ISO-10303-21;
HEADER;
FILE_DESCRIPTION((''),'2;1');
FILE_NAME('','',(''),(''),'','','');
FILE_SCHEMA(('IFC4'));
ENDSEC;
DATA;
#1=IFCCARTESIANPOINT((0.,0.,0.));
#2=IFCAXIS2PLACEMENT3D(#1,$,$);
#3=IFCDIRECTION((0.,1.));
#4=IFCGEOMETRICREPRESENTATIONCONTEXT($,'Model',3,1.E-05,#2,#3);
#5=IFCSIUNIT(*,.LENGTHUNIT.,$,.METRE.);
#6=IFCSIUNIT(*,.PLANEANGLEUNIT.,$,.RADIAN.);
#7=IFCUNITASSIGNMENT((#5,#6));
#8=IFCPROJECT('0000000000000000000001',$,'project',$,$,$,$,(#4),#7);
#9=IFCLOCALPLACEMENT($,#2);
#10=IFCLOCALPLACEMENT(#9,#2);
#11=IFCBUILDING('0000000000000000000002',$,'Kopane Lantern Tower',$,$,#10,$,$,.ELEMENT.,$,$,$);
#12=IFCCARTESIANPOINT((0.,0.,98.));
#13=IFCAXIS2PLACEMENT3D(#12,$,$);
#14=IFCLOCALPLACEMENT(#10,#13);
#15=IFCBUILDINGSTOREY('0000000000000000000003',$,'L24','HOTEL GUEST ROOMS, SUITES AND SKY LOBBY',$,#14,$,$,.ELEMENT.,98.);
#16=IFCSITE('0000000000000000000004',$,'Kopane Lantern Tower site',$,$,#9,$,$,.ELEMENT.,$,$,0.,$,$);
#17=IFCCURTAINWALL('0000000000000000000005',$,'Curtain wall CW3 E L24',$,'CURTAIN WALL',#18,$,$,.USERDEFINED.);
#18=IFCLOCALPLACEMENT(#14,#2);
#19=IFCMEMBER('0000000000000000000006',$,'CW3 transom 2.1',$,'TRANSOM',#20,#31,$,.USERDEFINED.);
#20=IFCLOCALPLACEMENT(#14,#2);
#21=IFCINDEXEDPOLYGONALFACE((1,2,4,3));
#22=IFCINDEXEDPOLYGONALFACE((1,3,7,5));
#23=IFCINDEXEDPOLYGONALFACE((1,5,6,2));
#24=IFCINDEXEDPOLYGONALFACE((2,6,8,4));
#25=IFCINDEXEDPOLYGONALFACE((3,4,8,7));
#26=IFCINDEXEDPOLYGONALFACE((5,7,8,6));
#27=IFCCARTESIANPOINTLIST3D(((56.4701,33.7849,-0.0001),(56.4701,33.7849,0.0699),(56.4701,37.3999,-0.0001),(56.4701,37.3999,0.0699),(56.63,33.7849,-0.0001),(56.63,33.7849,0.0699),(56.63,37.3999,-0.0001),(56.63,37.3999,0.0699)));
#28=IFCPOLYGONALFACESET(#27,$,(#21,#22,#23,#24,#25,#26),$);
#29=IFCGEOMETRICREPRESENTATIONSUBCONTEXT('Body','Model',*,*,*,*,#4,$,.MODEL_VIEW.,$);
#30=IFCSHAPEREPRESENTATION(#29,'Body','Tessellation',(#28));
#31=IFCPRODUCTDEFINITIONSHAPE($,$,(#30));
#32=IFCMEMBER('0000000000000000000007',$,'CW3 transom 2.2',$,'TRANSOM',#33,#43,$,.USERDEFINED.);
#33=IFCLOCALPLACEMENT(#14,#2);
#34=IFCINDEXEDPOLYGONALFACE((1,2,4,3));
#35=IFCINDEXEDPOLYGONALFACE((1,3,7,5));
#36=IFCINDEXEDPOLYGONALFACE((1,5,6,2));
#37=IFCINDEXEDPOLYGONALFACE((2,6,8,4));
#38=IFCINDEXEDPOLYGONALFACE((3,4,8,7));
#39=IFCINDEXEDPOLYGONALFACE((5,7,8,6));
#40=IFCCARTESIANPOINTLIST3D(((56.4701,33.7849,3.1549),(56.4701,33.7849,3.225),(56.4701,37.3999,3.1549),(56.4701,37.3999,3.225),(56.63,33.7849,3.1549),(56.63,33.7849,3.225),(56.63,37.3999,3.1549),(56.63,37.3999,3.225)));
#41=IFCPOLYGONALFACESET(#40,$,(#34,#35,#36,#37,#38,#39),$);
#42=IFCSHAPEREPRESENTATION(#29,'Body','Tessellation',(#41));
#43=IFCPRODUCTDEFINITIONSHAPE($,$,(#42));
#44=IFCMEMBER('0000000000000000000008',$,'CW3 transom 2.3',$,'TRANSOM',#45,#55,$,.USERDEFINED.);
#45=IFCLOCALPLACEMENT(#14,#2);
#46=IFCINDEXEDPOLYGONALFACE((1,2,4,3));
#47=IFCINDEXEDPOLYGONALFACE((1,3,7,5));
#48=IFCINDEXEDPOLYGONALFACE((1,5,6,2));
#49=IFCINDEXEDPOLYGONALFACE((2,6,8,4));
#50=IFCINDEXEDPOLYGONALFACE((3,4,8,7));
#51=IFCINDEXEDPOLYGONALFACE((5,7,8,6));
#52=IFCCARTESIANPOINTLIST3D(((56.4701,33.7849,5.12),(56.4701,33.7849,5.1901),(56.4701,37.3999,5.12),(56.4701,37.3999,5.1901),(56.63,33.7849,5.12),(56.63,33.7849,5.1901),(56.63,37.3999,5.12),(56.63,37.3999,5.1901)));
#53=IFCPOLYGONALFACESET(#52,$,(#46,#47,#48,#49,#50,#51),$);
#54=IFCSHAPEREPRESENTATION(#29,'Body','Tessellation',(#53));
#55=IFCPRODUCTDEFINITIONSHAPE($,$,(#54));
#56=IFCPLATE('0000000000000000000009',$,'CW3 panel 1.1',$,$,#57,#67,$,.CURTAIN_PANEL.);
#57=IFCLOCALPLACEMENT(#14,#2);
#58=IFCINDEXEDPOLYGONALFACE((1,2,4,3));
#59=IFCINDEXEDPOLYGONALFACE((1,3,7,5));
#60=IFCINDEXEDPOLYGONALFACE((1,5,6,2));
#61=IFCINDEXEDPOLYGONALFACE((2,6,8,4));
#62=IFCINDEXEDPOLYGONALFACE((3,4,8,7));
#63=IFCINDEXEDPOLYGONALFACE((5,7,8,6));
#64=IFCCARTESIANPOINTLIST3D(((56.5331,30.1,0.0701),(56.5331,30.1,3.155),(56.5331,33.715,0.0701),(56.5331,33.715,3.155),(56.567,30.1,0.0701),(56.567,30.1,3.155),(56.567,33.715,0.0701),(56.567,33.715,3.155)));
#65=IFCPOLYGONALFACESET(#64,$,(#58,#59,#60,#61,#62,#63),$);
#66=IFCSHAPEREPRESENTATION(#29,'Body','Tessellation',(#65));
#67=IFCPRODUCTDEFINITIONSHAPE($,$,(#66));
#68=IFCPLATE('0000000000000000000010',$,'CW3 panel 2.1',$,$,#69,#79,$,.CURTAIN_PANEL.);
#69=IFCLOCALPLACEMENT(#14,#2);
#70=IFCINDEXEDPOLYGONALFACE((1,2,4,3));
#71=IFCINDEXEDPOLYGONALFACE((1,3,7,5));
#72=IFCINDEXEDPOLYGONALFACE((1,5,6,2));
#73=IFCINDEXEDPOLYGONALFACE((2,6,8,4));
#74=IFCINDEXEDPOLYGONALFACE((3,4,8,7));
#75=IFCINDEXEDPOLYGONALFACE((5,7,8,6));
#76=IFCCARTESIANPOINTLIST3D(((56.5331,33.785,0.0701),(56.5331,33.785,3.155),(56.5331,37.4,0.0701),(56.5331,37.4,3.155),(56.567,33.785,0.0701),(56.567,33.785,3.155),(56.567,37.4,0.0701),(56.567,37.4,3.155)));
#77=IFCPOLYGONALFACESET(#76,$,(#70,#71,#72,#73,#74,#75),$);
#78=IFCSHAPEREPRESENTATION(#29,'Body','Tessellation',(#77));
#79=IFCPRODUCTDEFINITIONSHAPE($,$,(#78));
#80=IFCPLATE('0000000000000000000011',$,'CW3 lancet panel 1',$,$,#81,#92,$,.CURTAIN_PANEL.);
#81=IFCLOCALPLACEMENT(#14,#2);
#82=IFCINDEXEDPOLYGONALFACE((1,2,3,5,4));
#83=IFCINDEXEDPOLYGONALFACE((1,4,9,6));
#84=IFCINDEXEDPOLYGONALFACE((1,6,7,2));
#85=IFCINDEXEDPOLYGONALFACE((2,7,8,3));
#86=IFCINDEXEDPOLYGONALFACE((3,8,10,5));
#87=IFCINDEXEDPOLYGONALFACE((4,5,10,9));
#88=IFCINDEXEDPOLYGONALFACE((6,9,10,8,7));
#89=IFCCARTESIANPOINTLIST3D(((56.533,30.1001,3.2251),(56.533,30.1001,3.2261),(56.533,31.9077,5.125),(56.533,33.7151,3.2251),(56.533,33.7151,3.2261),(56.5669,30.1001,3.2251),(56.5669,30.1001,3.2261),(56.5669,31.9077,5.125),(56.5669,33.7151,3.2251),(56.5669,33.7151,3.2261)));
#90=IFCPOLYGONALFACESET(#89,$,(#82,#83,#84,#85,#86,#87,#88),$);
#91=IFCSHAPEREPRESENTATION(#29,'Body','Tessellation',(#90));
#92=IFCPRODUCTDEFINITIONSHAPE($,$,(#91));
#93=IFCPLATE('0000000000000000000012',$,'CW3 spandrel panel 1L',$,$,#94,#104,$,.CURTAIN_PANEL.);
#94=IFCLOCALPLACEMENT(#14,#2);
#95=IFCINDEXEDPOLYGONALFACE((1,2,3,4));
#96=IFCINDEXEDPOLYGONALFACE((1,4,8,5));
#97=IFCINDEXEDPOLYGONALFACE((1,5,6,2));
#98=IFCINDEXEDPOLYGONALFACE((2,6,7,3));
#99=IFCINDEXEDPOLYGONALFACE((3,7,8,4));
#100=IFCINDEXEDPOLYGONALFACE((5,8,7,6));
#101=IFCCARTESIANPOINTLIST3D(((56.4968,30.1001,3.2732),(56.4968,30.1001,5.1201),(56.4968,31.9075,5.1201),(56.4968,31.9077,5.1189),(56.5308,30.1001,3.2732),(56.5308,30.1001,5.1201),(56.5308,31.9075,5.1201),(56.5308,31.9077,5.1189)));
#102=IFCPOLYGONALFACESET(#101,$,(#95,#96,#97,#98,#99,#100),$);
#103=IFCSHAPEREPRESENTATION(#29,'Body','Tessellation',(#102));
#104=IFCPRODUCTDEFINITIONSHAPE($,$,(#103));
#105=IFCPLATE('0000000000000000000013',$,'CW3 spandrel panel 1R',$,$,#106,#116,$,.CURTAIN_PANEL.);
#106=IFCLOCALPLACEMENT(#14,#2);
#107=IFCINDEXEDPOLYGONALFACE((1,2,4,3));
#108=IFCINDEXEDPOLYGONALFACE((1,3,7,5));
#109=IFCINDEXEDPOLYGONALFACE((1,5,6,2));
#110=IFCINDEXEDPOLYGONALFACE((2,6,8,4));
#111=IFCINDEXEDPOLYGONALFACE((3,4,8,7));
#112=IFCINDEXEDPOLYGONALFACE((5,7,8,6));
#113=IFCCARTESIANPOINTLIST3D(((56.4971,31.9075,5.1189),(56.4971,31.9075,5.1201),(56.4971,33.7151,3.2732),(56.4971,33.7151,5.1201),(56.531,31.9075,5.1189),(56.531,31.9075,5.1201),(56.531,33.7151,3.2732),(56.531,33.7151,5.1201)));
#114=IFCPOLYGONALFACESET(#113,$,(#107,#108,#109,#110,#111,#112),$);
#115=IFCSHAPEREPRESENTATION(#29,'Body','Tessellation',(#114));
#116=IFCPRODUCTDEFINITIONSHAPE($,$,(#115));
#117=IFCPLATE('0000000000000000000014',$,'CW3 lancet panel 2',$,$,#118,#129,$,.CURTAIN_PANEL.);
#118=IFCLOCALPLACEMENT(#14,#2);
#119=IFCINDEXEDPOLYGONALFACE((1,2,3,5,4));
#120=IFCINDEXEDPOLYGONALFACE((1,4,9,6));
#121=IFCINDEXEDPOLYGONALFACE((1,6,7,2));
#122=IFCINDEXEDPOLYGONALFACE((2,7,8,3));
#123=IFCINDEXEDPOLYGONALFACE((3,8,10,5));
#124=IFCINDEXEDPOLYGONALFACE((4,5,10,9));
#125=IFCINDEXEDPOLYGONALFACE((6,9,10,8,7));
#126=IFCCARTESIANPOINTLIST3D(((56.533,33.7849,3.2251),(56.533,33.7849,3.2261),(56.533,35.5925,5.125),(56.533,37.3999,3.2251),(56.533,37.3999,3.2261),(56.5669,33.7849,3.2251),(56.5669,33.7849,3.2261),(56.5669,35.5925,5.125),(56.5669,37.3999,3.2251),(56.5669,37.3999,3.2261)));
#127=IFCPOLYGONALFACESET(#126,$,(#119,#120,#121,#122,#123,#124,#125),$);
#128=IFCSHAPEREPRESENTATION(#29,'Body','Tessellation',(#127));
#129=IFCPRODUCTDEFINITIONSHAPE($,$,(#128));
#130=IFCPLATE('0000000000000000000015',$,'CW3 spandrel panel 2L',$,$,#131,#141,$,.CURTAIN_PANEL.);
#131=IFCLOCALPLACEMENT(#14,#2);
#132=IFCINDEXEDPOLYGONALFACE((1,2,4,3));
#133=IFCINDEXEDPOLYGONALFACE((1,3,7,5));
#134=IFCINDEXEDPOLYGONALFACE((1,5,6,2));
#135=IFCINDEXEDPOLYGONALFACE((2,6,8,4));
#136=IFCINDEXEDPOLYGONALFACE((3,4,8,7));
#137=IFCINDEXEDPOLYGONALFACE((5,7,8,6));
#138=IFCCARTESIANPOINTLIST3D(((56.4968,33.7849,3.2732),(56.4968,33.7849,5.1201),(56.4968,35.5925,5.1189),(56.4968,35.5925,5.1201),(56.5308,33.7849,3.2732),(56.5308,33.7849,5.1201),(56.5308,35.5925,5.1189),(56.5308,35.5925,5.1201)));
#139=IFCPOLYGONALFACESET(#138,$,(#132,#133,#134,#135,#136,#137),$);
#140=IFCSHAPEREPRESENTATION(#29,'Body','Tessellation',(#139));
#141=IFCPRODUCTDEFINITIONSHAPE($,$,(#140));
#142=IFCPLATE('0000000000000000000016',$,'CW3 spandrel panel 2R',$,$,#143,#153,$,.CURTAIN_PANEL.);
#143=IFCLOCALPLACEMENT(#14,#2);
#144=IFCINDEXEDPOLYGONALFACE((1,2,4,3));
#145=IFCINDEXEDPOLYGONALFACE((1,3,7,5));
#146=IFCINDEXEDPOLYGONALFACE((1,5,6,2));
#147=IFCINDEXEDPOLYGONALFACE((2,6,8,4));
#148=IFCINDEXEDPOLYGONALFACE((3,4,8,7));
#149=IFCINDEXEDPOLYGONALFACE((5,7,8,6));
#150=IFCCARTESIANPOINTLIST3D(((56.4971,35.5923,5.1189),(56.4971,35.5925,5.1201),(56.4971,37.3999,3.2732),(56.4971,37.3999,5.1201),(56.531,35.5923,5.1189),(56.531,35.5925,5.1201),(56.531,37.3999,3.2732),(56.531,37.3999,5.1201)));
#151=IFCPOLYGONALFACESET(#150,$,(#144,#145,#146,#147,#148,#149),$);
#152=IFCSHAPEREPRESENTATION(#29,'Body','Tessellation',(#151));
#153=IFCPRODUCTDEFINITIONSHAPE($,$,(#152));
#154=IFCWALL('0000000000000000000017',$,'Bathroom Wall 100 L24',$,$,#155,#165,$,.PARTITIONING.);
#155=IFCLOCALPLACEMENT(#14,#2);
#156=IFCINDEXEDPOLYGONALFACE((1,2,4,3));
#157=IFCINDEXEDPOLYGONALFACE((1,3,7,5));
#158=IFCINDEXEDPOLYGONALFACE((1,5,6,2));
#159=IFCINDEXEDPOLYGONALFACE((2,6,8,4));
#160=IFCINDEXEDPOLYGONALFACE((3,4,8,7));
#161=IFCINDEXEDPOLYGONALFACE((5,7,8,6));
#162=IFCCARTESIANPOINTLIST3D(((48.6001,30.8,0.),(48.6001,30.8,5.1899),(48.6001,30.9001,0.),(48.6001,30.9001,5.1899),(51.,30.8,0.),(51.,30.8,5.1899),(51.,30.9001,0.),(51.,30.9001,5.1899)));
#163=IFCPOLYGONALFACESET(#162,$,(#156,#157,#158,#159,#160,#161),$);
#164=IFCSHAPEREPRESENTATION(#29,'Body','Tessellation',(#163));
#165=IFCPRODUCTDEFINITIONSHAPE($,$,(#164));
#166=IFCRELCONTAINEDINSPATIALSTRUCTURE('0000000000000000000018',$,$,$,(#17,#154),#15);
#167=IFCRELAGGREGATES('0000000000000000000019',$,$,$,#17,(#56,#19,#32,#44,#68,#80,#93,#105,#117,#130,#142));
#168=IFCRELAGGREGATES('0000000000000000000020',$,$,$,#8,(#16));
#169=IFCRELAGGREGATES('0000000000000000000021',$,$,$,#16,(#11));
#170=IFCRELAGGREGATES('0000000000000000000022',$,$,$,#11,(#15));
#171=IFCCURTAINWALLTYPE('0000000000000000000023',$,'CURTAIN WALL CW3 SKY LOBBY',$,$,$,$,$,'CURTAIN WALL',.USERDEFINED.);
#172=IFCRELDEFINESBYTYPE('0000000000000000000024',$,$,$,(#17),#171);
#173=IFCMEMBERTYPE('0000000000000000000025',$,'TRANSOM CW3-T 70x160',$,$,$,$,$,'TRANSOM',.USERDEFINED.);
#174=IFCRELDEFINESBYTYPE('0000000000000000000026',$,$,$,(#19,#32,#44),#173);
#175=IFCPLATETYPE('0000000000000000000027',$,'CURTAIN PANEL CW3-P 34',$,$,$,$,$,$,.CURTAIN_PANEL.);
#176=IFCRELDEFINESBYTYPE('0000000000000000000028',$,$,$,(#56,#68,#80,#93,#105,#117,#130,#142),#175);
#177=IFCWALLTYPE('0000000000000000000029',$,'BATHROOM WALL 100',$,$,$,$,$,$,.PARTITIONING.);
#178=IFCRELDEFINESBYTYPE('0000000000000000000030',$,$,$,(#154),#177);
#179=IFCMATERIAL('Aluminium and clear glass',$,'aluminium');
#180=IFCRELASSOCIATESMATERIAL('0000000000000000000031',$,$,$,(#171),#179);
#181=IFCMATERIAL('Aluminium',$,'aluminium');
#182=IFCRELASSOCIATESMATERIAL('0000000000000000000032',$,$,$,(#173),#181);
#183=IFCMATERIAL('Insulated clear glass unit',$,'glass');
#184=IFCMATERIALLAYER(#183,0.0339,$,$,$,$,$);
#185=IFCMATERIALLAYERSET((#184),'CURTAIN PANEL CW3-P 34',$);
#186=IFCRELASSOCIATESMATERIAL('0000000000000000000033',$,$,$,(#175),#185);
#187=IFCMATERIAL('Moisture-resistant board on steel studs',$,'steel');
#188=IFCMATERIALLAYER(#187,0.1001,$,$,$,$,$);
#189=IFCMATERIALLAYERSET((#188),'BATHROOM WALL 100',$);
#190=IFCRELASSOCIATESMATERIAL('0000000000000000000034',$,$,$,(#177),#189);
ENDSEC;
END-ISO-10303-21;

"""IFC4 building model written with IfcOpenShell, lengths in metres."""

from ifc_helpers import new_model, si_unit, direction, frame, frame_2d, origin, origin_2d, place, context, subcontext, project, spatial, polyline, rectangle, outline, extrude, material, layer, layer_set, material_profile, profile_set, type_object, element, aggregate, save


model = new_model("IFC4")

# Units and contexts
model_context = context("Model", 3, precision=1e-05, world=origin(), true_north=direction((0.0, 1.0)))
body_context = subcontext(model_context, "Body", "Model", "MODEL_VIEW")
ifc_project = project(units=[si_unit("LENGTHUNIT", "METRE"), si_unit("PLANEANGLEUNIT", "RADIAN")], contexts=[model_context])

# Site, building, storey
site_placement = place(None, origin())
site = spatial("IfcSite", under=ifc_project, at=site_placement, Name="Kopane Lantern Tower site", CompositionType="ELEMENT", RefElevation=0.0)
building_placement = place(site_placement, origin())
building = spatial("IfcBuilding", under=site, at=building_placement, Name="Kopane Lantern Tower", CompositionType="ELEMENT")
storey_placement = place(building_placement, frame((0.0, 0.0, 98.0)))
storey = spatial("IfcBuildingStorey", under=building, at=storey_placement, Name="L24", Description="HOTEL GUEST ROOMS, SUITES AND SKY LOBBY", CompositionType="ELEMENT", Elevation=98.0)

# Curtain wall
ifc_material_1 = material(Name="Aluminium and clear glass", Category="aluminium")
curtain_wall_type = type_object("IfcCurtainWallType", Name="CURTAIN WALL CW3 SKY LOBBY", ElementType="CURTAIN WALL", PredefinedType="USERDEFINED", material=ifc_material_1)
curtain_wall_1_placement = place(storey_placement, origin())
curtain_wall_1 = element("IfcCurtainWall", 1, at=curtain_wall_1_placement, inside=storey, type_object=curtain_wall_type, Name="Curtain wall CW3 E L24", ObjectType="CURTAIN WALL", PredefinedType="USERDEFINED")

# Members
ifc_material_2 = material(Name="Aluminium", Category="aluminium")
ifc_material_profile_1 = material_profile(ifc_material_2, rectangle(XDim=0.1599, YDim=0.0701, at=origin_2d()), Name="AL 160x70")
ifc_profile_set_1 = profile_set([ifc_material_profile_1], Name="Aluminium")
member_type_1 = type_object("IfcMemberType", Name="TRANSOM CW3-T 70x160", ElementType="TRANSOM", PredefinedType="USERDEFINED", material=ifc_profile_set_1)
member_1_placement = place(storey_placement, frame((56.55, 33.7849, 0.0349), z_axis=(0.0, 1.0, 0.0), x_axis=(-1.0, 0.0, 0.0)))
member_1 = element("IfcMember", 2, at=member_1_placement, type_object=member_type_1, Name="CW3 transom 2.1", ObjectType="TRANSOM", PredefinedType="USERDEFINED", context=body_context, shape_type="SweptSolid", body=[
    extrude(rectangle(XDim=0.1599, YDim=0.0701, at=origin_2d()), origin(), (0.0, 0.0, 1.0), 3.615),
])
member_2_placement = place(storey_placement, frame((56.55, 33.7849, 3.1899), z_axis=(0.0, 1.0, 0.0), x_axis=(-1.0, 0.0, 0.0)))
member_2 = element("IfcMember", 3, at=member_2_placement, type_object=member_type_1, Name="CW3 transom 2.2", ObjectType="TRANSOM", PredefinedType="USERDEFINED", context=body_context, shape_type="SweptSolid", body=[
    extrude(rectangle(XDim=0.1599, YDim=0.0701, at=origin_2d()), origin(), (0.0, 0.0, 1.0), 3.615),
])
member_3_placement = place(storey_placement, frame((56.55, 33.7849, 5.155), z_axis=(0.0, 1.0, 0.0), x_axis=(-1.0, 0.0, 0.0)))
member_3 = element("IfcMember", 4, at=member_3_placement, type_object=member_type_1, Name="CW3 transom 2.3", ObjectType="TRANSOM", PredefinedType="USERDEFINED", context=body_context, shape_type="SweptSolid", body=[
    extrude(rectangle(XDim=0.1599, YDim=0.0701, at=origin_2d()), origin(), (0.0, 0.0, 1.0), 3.615),
])

# Plates
ifc_material_3 = material(Name="Insulated clear glass unit", Category="glass")
ifc_layer_1 = layer(ifc_material_3, 0.0339)
ifc_layer_set_1 = layer_set([ifc_layer_1], Name="CURTAIN PANEL CW3-P 34")
plate_type = type_object("IfcPlateType", Name="CURTAIN PANEL CW3-P 34", PredefinedType="CURTAIN_PANEL", material=ifc_layer_set_1)
plate_1_placement = place(storey_placement, frame((56.55, 31.9075, 0.0701), z_axis=(0.0, 0.0, 1.0), x_axis=(0.0, 1.0, 0.0)))
plate_1 = element("IfcPlate", 5, at=plate_1_placement, type_object=plate_type, Name="CW3 panel 1.1", PredefinedType="CURTAIN_PANEL", context=body_context, shape_type="SweptSolid", body=[
    extrude(rectangle(XDim=3.615, YDim=0.0339, at=origin_2d()), origin(), (0.0, 0.0, 1.0), 3.085),
])
plate_2_placement = place(storey_placement, frame((56.55, 35.5925, 0.0701), z_axis=(0.0, 0.0, 1.0), x_axis=(0.0, 1.0, 0.0)))
plate_2 = element("IfcPlate", 6, at=plate_2_placement, type_object=plate_type, Name="CW3 panel 2.1", PredefinedType="CURTAIN_PANEL", context=body_context, shape_type="SweptSolid", body=[
    extrude(rectangle(XDim=3.615, YDim=0.0339, at=origin_2d()), origin(), (0.0, 0.0, 1.0), 3.085),
])
plate_3_placement = place(storey_placement, frame((56.55, 30.1001, 3.2251), z_axis=(0.0, 0.0, 1.0), x_axis=(0.0, 1.0, 0.0)))
plate_3 = element("IfcPlate", 7, at=plate_3_placement, type_object=plate_type, Name="CW3 lancet panel 1", PredefinedType="CURTAIN_PANEL", context=body_context, shape_type="SweptSolid", body=[
    extrude(outline(polyline([(0.0, 0.0), (3.615, 0.0), (3.615, 0.001), (1.8076, 1.8999), (0.0, 0.001), (0.0, 0.0)])), frame((0.0, 0.0171, 0.0), z_axis=(0.0, -1.0, 0.0), x_axis=(1.0, 0.0, 0.0)), (0.0, 0.0, 1.0), 0.0339),
])
plate_4_placement = place(storey_placement, frame((56.5139, 30.1001, 5.1201), z_axis=(0.0, 0.0, 1.0), x_axis=(0.0, 1.0, 0.0)))
plate_4 = element("IfcPlate", 8, at=plate_4_placement, type_object=plate_type, Name="CW3 spandrel panel 1L", PredefinedType="CURTAIN_PANEL", context=body_context, shape_type="SweptSolid", body=[
    extrude(outline(polyline([(0.0, 0.0), (1.8074, 0.0), (1.8076, -0.0012), (0.0, -1.8469), (0.0, 0.0)])), frame((0.0, 0.0171, 0.0), z_axis=(0.0, -1.0, 0.0), x_axis=(1.0, 0.0, 0.0)), (0.0, 0.0, 1.0), 0.0339),
])
plate_5_placement = place(storey_placement, frame((56.5139, 33.7151, 5.1201), z_axis=(0.0, 0.0, 1.0), x_axis=(0.0, -1.0, 0.0)))
plate_5 = element("IfcPlate", 9, at=plate_5_placement, type_object=plate_type, Name="CW3 spandrel panel 1R", PredefinedType="CURTAIN_PANEL", context=body_context, shape_type="SweptSolid", body=[
    extrude(outline(polyline([(0.0, 0.0), (1.8076, 0.0), (1.8076, -0.0012), (0.0, -1.8469), (0.0, 0.0)])), frame((0.0, 0.0171, 0.0), z_axis=(0.0, -1.0, 0.0), x_axis=(1.0, 0.0, 0.0)), (0.0, 0.0, 1.0), 0.0339),
])
plate_6_placement = place(storey_placement, frame((56.55, 33.7849, 3.2251), z_axis=(0.0, 0.0, 1.0), x_axis=(0.0, 1.0, 0.0)))
plate_6 = element("IfcPlate", 10, at=plate_6_placement, type_object=plate_type, Name="CW3 lancet panel 2", PredefinedType="CURTAIN_PANEL", context=body_context, shape_type="SweptSolid", body=[
    extrude(outline(polyline([(0.0, 0.0), (3.615, 0.0), (3.615, 0.001), (1.8076, 1.8999), (0.0, 0.001), (0.0, 0.0)])), frame((0.0, 0.0171, 0.0), z_axis=(0.0, -1.0, 0.0), x_axis=(1.0, 0.0, 0.0)), (0.0, 0.0, 1.0), 0.0339),
])
plate_7_placement = place(storey_placement, frame((56.5139, 33.7849, 5.1201), z_axis=(0.0, 0.0, 1.0), x_axis=(0.0, 1.0, 0.0)))
plate_7 = element("IfcPlate", 11, at=plate_7_placement, type_object=plate_type, Name="CW3 spandrel panel 2L", PredefinedType="CURTAIN_PANEL", context=body_context, shape_type="SweptSolid", body=[
    extrude(outline(polyline([(0.0, 0.0), (1.8076, 0.0), (1.8076, -0.0012), (0.0, -1.8469), (0.0, 0.0)])), frame((0.0, 0.0171, 0.0), z_axis=(0.0, -1.0, 0.0), x_axis=(1.0, 0.0, 0.0)), (0.0, 0.0, 1.0), 0.0339),
])
plate_8_placement = place(storey_placement, frame((56.5139, 37.3999, 5.1201), z_axis=(0.0, 0.0, 1.0), x_axis=(0.0, -1.0, 0.0)))
plate_8 = element("IfcPlate", 12, at=plate_8_placement, type_object=plate_type, Name="CW3 spandrel panel 2R", PredefinedType="CURTAIN_PANEL", context=body_context, shape_type="SweptSolid", body=[
    extrude(outline(polyline([(0.0, 0.0), (1.8074, 0.0), (1.8076, -0.0012), (0.0, -1.8469), (0.0, 0.0)])), frame((0.0, 0.0171, 0.0), z_axis=(0.0, -1.0, 0.0), x_axis=(1.0, 0.0, 0.0)), (0.0, 0.0, 1.0), 0.0339),
])
aggregate(curtain_wall_1, [plate_1, member_1, member_2, member_3, plate_2, plate_3, plate_4, plate_5, plate_6, plate_7, plate_8])

# Wall
ifc_material_4 = material(Name="Moisture-resistant board on steel studs", Category="steel")
ifc_layer_2 = layer(ifc_material_4, 0.1001)
ifc_layer_set_2 = layer_set([ifc_layer_2], Name="BATHROOM WALL 100")
wall_type_1 = type_object("IfcWallType", Name="BATHROOM WALL 100", PredefinedType="PARTITIONING", material=ifc_layer_set_2)
wall_1_placement = place(storey_placement, frame((48.6001, 30.8501, 0.0), z_axis=(0.0, 0.0, 1.0), x_axis=(1.0, 0.0, 0.0)))
element("IfcWall", 13, at=wall_1_placement, inside=storey, type_object=wall_type_1, Name="Bathroom Wall 100 L24", PredefinedType="PARTITIONING", context=body_context, shape_type="SweptSolid", body=[
    extrude(rectangle(XDim=2.3999, YDim=0.1001, at=frame_2d((1.2, 0.0))), origin(), (0.0, 0.0, 1.0), 5.1899),
])

save(model, "model.ifc")
